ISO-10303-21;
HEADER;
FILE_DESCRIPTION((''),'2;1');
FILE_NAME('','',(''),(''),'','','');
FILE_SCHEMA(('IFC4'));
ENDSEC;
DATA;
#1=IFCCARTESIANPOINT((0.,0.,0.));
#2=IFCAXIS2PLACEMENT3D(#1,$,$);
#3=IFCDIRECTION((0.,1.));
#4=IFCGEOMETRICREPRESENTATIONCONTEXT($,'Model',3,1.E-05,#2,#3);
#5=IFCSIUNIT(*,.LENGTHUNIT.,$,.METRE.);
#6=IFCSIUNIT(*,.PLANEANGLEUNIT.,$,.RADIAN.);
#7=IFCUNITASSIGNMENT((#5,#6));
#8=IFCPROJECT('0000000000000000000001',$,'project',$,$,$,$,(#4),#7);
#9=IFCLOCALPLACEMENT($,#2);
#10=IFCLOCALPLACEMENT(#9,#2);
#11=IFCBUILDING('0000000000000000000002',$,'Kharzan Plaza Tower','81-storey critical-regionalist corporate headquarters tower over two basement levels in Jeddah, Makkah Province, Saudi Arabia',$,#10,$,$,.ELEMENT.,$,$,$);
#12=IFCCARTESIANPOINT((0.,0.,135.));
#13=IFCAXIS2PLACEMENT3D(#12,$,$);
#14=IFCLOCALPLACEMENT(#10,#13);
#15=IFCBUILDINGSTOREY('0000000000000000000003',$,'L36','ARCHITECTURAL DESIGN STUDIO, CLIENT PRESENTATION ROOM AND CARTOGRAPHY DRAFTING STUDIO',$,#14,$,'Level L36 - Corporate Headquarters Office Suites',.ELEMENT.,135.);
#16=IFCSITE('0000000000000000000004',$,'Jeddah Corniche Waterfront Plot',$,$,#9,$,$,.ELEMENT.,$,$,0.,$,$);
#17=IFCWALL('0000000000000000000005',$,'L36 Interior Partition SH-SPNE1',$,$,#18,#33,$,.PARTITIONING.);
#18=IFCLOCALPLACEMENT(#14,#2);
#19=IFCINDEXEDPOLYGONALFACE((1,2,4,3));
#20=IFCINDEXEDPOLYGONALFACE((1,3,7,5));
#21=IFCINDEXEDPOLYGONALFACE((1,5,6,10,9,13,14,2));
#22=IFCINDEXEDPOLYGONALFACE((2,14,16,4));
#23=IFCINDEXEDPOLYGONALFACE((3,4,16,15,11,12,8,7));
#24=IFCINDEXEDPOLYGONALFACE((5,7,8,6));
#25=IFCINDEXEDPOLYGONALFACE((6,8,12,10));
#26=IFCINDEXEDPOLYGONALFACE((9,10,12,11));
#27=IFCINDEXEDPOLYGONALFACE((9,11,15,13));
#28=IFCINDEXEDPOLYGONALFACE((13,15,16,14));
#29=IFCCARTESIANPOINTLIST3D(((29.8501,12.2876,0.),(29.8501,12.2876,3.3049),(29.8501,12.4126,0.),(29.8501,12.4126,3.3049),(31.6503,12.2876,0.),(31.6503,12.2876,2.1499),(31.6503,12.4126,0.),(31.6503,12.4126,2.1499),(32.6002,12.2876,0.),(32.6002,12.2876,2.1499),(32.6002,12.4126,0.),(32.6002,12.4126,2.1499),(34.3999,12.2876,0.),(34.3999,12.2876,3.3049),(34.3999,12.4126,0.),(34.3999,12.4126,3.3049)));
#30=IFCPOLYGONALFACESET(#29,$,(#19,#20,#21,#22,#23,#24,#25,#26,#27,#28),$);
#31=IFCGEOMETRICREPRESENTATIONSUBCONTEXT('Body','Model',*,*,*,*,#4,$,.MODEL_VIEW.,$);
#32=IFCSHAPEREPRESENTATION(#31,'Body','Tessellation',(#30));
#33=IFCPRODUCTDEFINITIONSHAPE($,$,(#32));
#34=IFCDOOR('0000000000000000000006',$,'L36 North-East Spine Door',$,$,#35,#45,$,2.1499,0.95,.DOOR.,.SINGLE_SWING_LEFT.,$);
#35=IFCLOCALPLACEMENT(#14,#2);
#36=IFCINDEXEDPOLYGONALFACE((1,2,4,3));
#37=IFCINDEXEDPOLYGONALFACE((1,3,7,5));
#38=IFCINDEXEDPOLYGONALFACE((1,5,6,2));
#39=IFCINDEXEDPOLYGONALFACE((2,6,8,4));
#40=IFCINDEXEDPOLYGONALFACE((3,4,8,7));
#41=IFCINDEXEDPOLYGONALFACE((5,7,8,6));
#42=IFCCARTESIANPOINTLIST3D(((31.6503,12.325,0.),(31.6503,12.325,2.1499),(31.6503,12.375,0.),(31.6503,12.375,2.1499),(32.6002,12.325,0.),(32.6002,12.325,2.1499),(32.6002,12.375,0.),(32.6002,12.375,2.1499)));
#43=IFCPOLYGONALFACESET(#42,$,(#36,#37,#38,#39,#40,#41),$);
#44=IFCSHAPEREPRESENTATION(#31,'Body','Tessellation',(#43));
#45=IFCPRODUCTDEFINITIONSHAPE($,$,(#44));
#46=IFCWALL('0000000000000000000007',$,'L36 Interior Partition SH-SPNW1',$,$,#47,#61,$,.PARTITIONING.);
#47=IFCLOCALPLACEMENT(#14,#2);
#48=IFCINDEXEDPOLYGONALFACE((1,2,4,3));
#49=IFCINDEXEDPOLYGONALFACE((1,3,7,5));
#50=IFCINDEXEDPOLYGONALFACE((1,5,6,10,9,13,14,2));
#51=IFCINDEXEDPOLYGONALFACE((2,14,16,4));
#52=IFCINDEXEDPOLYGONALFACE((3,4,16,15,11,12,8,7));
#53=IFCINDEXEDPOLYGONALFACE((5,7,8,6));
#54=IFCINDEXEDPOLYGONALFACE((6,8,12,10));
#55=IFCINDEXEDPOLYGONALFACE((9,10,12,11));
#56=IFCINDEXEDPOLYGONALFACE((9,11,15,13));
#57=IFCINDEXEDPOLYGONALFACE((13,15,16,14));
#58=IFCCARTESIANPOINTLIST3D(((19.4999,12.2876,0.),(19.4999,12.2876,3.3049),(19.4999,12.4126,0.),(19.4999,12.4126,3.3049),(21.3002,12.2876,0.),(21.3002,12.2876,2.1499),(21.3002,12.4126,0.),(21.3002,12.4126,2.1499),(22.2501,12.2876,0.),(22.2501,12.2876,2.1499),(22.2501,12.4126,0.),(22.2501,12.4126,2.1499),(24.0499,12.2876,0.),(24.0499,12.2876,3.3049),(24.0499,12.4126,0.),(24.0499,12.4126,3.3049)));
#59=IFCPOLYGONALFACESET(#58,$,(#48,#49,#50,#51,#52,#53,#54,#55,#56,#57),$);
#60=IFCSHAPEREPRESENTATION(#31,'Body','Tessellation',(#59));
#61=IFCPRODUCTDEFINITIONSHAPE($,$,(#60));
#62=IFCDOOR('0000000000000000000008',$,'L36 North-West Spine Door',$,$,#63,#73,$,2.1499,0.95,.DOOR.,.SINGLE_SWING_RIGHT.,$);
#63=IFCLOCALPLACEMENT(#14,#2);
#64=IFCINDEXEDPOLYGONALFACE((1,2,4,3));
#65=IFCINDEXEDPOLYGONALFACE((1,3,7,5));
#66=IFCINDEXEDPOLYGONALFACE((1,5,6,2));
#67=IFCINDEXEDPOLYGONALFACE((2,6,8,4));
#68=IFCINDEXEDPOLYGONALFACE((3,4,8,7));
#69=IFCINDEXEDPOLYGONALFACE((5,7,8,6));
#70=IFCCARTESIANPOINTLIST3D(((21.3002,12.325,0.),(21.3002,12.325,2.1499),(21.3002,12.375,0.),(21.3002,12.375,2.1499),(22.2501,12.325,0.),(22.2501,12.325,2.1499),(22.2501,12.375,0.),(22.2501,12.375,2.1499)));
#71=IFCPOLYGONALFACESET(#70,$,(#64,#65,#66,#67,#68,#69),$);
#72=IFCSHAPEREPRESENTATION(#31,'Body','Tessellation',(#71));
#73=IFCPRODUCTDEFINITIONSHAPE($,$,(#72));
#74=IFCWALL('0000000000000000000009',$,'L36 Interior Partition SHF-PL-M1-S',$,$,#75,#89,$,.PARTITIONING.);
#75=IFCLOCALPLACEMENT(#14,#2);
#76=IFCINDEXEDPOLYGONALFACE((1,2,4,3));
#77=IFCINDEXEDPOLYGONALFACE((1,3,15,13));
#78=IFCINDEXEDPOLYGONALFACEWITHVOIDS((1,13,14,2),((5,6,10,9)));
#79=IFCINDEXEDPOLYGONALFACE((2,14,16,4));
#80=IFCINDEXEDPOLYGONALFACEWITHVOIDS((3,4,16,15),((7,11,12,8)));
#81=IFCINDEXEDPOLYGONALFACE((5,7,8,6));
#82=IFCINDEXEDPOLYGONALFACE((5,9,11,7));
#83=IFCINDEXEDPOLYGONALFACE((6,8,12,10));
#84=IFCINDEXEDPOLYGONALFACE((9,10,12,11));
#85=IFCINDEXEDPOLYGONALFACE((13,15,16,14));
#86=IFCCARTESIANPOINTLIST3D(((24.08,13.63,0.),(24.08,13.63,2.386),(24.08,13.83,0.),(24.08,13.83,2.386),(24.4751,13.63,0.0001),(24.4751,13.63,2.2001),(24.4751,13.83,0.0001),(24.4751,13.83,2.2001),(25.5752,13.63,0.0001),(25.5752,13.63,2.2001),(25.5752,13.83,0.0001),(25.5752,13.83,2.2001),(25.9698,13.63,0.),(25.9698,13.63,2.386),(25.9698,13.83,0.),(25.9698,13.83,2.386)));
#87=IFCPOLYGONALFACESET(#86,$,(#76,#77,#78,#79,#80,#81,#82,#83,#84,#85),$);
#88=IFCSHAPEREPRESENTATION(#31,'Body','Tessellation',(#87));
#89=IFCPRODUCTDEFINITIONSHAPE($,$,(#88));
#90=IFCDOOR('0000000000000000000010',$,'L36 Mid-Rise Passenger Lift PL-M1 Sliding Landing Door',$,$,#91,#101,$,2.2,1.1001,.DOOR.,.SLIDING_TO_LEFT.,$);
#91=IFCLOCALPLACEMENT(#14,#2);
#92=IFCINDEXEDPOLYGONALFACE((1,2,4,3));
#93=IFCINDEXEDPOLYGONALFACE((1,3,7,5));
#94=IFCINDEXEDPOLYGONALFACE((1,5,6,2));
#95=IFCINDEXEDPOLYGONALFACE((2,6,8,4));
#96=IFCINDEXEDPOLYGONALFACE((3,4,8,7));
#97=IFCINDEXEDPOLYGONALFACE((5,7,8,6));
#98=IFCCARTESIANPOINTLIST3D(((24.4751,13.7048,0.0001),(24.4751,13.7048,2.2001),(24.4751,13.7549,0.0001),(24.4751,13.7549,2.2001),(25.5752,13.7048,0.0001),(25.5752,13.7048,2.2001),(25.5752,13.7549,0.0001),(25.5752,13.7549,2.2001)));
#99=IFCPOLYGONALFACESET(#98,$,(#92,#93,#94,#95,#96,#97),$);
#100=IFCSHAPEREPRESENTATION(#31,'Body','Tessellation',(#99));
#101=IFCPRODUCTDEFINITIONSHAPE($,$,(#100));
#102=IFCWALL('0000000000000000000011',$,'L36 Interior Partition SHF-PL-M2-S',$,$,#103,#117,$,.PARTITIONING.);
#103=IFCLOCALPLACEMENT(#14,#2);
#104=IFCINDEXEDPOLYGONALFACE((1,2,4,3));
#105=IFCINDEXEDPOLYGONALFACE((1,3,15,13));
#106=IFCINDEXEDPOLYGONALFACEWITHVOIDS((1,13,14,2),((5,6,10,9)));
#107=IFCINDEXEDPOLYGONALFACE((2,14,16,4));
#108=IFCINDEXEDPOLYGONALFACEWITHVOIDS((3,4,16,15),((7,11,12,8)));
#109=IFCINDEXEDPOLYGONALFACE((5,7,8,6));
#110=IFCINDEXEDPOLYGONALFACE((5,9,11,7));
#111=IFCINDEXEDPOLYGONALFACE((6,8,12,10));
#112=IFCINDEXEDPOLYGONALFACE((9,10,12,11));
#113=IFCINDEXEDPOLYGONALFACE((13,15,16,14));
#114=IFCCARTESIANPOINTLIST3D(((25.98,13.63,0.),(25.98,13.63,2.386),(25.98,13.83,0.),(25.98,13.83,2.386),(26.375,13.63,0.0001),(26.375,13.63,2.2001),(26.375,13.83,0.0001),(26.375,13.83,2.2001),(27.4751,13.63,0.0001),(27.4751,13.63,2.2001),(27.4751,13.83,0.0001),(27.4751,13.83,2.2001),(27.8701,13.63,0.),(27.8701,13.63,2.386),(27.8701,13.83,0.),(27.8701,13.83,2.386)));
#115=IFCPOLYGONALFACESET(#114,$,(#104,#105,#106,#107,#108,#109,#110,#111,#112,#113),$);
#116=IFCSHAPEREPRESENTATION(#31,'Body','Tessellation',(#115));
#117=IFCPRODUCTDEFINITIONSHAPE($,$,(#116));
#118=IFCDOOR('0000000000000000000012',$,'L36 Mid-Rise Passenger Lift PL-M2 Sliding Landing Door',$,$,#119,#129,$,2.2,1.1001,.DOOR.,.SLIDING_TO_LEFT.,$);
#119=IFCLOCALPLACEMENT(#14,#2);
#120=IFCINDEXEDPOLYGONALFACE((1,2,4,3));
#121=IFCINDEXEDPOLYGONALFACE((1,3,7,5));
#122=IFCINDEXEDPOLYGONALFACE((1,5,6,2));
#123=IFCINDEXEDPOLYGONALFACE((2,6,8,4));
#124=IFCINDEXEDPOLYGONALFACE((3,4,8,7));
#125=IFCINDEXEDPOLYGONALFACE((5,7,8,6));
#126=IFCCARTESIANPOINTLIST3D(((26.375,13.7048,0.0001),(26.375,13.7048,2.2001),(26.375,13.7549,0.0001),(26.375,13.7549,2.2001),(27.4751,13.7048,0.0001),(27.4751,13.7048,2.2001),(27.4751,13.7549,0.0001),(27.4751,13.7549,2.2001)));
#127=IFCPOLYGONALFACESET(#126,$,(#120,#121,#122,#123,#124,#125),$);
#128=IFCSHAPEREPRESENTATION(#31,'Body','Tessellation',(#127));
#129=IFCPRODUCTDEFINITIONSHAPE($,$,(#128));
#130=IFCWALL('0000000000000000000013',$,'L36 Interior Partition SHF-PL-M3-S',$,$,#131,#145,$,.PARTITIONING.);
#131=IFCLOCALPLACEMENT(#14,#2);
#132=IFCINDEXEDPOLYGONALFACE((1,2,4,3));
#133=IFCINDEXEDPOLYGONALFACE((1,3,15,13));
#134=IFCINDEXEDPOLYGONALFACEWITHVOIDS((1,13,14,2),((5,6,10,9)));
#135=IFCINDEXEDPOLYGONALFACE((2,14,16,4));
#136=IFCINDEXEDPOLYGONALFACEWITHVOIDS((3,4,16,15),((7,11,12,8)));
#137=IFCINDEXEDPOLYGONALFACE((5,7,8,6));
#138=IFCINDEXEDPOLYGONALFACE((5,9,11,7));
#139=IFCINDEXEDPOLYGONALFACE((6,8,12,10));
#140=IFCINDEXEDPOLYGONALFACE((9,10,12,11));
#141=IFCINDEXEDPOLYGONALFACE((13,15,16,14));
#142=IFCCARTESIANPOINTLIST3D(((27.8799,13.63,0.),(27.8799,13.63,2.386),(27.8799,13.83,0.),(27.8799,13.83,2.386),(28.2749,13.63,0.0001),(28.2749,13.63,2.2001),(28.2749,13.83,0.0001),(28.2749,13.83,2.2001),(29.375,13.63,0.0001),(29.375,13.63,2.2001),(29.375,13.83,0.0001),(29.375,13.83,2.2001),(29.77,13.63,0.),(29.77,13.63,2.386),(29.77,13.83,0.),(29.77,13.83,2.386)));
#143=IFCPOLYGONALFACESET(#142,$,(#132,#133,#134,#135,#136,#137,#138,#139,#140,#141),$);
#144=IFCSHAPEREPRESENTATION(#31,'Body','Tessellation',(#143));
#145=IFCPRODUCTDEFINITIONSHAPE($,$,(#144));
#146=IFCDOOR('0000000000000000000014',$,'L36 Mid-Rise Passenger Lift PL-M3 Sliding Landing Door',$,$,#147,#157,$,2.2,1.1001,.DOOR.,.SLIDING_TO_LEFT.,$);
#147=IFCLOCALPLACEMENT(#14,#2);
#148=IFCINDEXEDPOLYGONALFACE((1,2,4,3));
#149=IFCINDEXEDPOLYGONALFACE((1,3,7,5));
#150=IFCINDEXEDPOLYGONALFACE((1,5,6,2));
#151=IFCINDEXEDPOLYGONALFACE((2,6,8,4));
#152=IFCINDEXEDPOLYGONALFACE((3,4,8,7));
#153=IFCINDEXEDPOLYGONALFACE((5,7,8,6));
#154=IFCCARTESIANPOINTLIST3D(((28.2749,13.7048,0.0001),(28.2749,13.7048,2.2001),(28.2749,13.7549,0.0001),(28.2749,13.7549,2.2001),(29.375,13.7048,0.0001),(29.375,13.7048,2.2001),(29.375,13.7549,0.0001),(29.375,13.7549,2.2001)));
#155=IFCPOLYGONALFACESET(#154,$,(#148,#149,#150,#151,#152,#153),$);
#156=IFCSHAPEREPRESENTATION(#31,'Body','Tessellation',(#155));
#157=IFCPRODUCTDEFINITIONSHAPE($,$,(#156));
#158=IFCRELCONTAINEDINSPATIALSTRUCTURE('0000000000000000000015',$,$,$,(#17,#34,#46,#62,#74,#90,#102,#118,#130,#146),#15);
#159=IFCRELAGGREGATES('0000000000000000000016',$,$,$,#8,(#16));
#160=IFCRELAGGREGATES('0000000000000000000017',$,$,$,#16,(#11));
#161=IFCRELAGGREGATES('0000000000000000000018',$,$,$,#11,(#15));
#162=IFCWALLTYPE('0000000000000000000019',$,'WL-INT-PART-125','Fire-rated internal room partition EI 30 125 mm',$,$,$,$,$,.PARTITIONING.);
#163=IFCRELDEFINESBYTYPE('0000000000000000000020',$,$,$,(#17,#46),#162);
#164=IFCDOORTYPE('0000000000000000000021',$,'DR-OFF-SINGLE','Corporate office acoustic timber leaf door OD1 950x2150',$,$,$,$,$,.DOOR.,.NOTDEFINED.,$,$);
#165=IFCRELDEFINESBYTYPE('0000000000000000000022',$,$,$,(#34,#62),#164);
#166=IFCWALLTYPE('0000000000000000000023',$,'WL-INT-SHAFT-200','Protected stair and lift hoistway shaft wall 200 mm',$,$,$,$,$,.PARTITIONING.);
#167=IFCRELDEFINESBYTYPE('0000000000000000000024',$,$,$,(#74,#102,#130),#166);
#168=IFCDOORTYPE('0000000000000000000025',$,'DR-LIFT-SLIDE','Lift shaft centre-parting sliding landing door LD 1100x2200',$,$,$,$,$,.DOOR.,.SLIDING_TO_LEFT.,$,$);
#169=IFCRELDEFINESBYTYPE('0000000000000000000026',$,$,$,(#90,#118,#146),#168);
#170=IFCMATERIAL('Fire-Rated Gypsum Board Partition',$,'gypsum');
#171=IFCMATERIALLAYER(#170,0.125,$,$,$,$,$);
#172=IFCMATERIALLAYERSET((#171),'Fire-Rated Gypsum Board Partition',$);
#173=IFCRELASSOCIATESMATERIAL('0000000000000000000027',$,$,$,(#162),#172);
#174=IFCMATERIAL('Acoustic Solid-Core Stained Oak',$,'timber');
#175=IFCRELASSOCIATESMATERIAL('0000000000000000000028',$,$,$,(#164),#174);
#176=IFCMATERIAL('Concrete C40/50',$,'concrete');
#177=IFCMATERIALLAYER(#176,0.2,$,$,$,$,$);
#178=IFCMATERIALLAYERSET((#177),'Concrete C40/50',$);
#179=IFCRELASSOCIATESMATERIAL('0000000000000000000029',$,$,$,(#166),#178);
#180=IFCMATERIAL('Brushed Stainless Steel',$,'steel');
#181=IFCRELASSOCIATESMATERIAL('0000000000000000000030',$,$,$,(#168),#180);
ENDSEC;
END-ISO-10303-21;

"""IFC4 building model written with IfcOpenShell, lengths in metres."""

from ifc_helpers import new_model, si_unit, direction, frame, frame_2d, origin, place, context, subcontext, project, spatial, rectangle, extrude, source, transform, mapped, material, layer, layer_set, type_object, element, fill, save


model = new_model("IFC4")

# Units and contexts
model_context = context("Model", 3, precision=1e-05, world=origin(), true_north=direction((0.0, 1.0)))
body_context = subcontext(model_context, "Body", "Model", "MODEL_VIEW")
ifc_project = project(units=[si_unit("LENGTHUNIT", "METRE"), si_unit("PLANEANGLEUNIT", "RADIAN")], contexts=[model_context])

# Site, building, storey
site_placement = place(None, origin())
site = spatial("IfcSite", under=ifc_project, at=site_placement, Name="Jeddah Corniche Waterfront Plot", CompositionType="ELEMENT", RefElevation=0.0)
building_placement = place(site_placement, origin())
building = spatial("IfcBuilding", under=site, at=building_placement, Name="Kharzan Plaza Tower", Description="81-storey critical-regionalist corporate headquarters tower over two basement levels in Jeddah, Makkah Province, Saudi Arabia", CompositionType="ELEMENT")
storey_placement = place(building_placement, frame((0.0, 0.0, 135.0)))
storey = spatial("IfcBuildingStorey", under=building, at=storey_placement, Name="L36", Description="ARCHITECTURAL DESIGN STUDIO, CLIENT PRESENTATION ROOM AND CARTOGRAPHY DRAFTING STUDIO", LongName="Level L36 - Corporate Headquarters Office Suites", CompositionType="ELEMENT", Elevation=135.0)

# Walls, openings, doors
ifc_material_1 = material(Name="Fire-Rated Gypsum Board Partition", Category="gypsum")
ifc_layer_1 = layer(ifc_material_1, 0.125)
ifc_layer_set_1 = layer_set([ifc_layer_1], Name="Fire-Rated Gypsum Board Partition")
wall_type_1 = type_object("IfcWallType", Name="WL-INT-PART-125", Description="Fire-rated internal room partition EI 30 125 mm", PredefinedType="PARTITIONING", material=ifc_layer_set_1)
wall_1_placement = place(storey_placement, frame((29.8501, 12.3501, 0.0), z_axis=(0.0, 0.0, 1.0), x_axis=(1.0, 0.0, 0.0)))
wall_1 = element("IfcWall", 1, at=wall_1_placement, inside=storey, type_object=wall_type_1, Name="L36 Interior Partition SH-SPNE1", PredefinedType="PARTITIONING", context=body_context, shape_type="SweptSolid", body=[
    extrude(rectangle(XDim=4.5498, YDim=0.125, at=frame_2d((2.2749, 0.0))), origin(), (0.0, 0.0, 1.0), 3.3049),
])
opening_1_placement = place(wall_1_placement, frame((1.8, 0.0, 0.0)))
opening_1 = element("IfcOpeningElement", 2, at=opening_1_placement, cuts=wall_1, PredefinedType="OPENING", context=body_context, shape_type="SweptSolid", body=[
    extrude(rectangle(XDim=0.95, YDim=2.1499, at=frame_2d((0.4751, 1.075))), frame((0.0, 0.0725, 0.0), z_axis=(0.0, -1.0, 0.0), x_axis=(1.0, 0.0, 0.0)), (0.0, 0.0, 1.0), 0.145),
])
ifc_material_2 = material(Name="Acoustic Solid-Core Stained Oak", Category="timber")
door_type_1 = type_object("IfcDoorType", Name="DR-OFF-SINGLE", Description="Corporate office acoustic timber leaf door OD1 950x2150", OperationType="NOTDEFINED", PredefinedType="DOOR", material=ifc_material_2)
shared_shape_1 = source(origin(), body_context, "Body", "SweptSolid", [
    extrude(rectangle(XDim=0.95, YDim=2.1499, at=frame_2d((0.4751, 1.075))), frame((0.0, 0.0249, 0.0), z_axis=(0.0, -1.0, 0.0), x_axis=(1.0, 0.0, 0.0)), (0.0, 0.0, 1.0), 0.05),
])
door_1_placement = place(opening_1_placement, origin())
door_1 = element("IfcDoor", 3, at=door_1_placement, inside=storey, type_object=door_type_1, Name="L36 North-East Spine Door", OperationType="SINGLE_SWING_LEFT", OverallHeight=2.1499, OverallWidth=0.95, PredefinedType="DOOR", context=body_context, shape_type="MappedRepresentation", body=[
    mapped(shared_shape_1, transform((0.0, 0.0, 0.0), x_axis=(1.0, 0.0, 0.0), y_axis=(0.0, 1.0, 0.0), z_axis=(0.0, 0.0, 1.0))),
])
fill(opening_1, door_1)
wall_2_placement = place(storey_placement, frame((19.5, 12.3501, 0.0), z_axis=(0.0, 0.0, 1.0), x_axis=(1.0, 0.0, 0.0)))
wall_2 = element("IfcWall", 4, at=wall_2_placement, inside=storey, type_object=wall_type_1, Name="L36 Interior Partition SH-SPNW1", PredefinedType="PARTITIONING", context=body_context, shape_type="SweptSolid", body=[
    extrude(rectangle(XDim=4.55, YDim=0.125, at=frame_2d((2.2749, 0.0))), origin(), (0.0, 0.0, 1.0), 3.3049),
])
opening_2_placement = place(wall_2_placement, frame((1.8, 0.0, 0.0)))
opening_2 = element("IfcOpeningElement", 5, at=opening_2_placement, cuts=wall_2, PredefinedType="OPENING", context=body_context, shape_type="SweptSolid", body=[
    extrude(rectangle(XDim=0.95, YDim=2.1499, at=frame_2d((0.4751, 1.075))), frame((0.0, 0.0725, 0.0), z_axis=(0.0, -1.0, 0.0), x_axis=(1.0, 0.0, 0.0)), (0.0, 0.0, 1.0), 0.145),
])
door_2_placement = place(opening_2_placement, origin())
door_2 = element("IfcDoor", 6, at=door_2_placement, inside=storey, type_object=door_type_1, Name="L36 North-West Spine Door", OperationType="SINGLE_SWING_RIGHT", OverallHeight=2.1499, OverallWidth=0.95, PredefinedType="DOOR", context=body_context, shape_type="MappedRepresentation", body=[
    mapped(shared_shape_1, transform((0.0, 0.0, 0.0), x_axis=(1.0, 0.0, 0.0), y_axis=(0.0, 1.0, 0.0), z_axis=(0.0, 0.0, 1.0))),
])
fill(opening_2, door_2)
ifc_material_3 = material(Name="Concrete C40/50", Category="concrete")
ifc_layer_2 = layer(ifc_material_3, 0.2)
ifc_layer_set_2 = layer_set([ifc_layer_2], Name="Concrete C40/50")
wall_type_2 = type_object("IfcWallType", Name="WL-INT-SHAFT-200", Description="Protected stair and lift hoistway shaft wall 200 mm", PredefinedType="PARTITIONING", material=ifc_layer_set_2)
wall_3_placement = place(storey_placement, frame((24.0801, 13.73, 0.0), z_axis=(0.0, 0.0, 1.0), x_axis=(1.0, 0.0, 0.0)))
wall_3 = element("IfcWall", 7, at=wall_3_placement, inside=storey, type_object=wall_type_2, Name="L36 Interior Partition SHF-PL-M1-S", PredefinedType="PARTITIONING", context=body_context, shape_type="SweptSolid", body=[
    extrude(rectangle(XDim=1.8899, YDim=0.2, at=frame_2d((0.9448, 0.0))), origin(), (0.0, 0.0, 1.0), 2.386),
])
opening_3_placement = place(wall_3_placement, frame((0.395, 0.0, 0.0)))
opening_3 = element("IfcOpeningElement", 8, at=opening_3_placement, cuts=wall_3, PredefinedType="OPENING", context=body_context, shape_type="SweptSolid", body=[
    extrude(rectangle(XDim=1.1001, YDim=2.2, at=frame_2d((0.55, 1.1001))), frame((0.0, 0.1099, 0.0), z_axis=(0.0, -1.0, 0.0), x_axis=(1.0, 0.0, 0.0)), (0.0, 0.0, 1.0), 0.22),
])
ifc_material_4 = material(Name="Brushed Stainless Steel", Category="steel")
door_type_2 = type_object("IfcDoorType", Name="DR-LIFT-SLIDE", Description="Lift shaft centre-parting sliding landing door LD 1100x2200", OperationType="SLIDING_TO_LEFT", PredefinedType="DOOR", material=ifc_material_4)
shared_shape_2 = source(origin(), body_context, "Body", "SweptSolid", [
    extrude(rectangle(XDim=1.1001, YDim=2.2, at=frame_2d((0.55, 1.1001))), frame((0.0, 0.0249, 0.0), z_axis=(0.0, -1.0, 0.0), x_axis=(1.0, 0.0, 0.0)), (0.0, 0.0, 1.0), 0.05),
])
door_3_placement = place(opening_3_placement, origin())
door_3 = element("IfcDoor", 9, at=door_3_placement, inside=storey, type_object=door_type_2, Name="L36 Mid-Rise Passenger Lift PL-M1 Sliding Landing Door", OperationType="SLIDING_TO_LEFT", OverallHeight=2.2, OverallWidth=1.1001, PredefinedType="DOOR", context=body_context, shape_type="MappedRepresentation", body=[
    mapped(shared_shape_2, transform((0.0, 0.0, 0.0), x_axis=(1.0, 0.0, 0.0), y_axis=(0.0, 1.0, 0.0), z_axis=(0.0, 0.0, 1.0))),
])
fill(opening_3, door_3)
wall_4_placement = place(storey_placement, frame((25.98, 13.73, 0.0), z_axis=(0.0, 0.0, 1.0), x_axis=(1.0, 0.0, 0.0)))
wall_4 = element("IfcWall", 10, at=wall_4_placement, inside=storey, type_object=wall_type_2, Name="L36 Interior Partition SHF-PL-M2-S", PredefinedType="PARTITIONING", context=body_context, shape_type="SweptSolid", body=[
    extrude(rectangle(XDim=1.8901, YDim=0.2, at=frame_2d((0.9451, 0.0))), origin(), (0.0, 0.0, 1.0), 2.386),
])
opening_4_placement = place(wall_4_placement, frame((0.395, 0.0, 0.0)))
opening_4 = element("IfcOpeningElement", 11, at=opening_4_placement, cuts=wall_4, PredefinedType="OPENING", context=body_context, shape_type="SweptSolid", body=[
    extrude(rectangle(XDim=1.1001, YDim=2.2, at=frame_2d((0.55, 1.1001))), frame((0.0, 0.1099, 0.0), z_axis=(0.0, -1.0, 0.0), x_axis=(1.0, 0.0, 0.0)), (0.0, 0.0, 1.0), 0.22),
])
door_4_placement = place(opening_4_placement, origin())
door_4 = element("IfcDoor", 12, at=door_4_placement, inside=storey, type_object=door_type_2, Name="L36 Mid-Rise Passenger Lift PL-M2 Sliding Landing Door", OperationType="SLIDING_TO_LEFT", OverallHeight=2.2, OverallWidth=1.1001, PredefinedType="DOOR", context=body_context, shape_type="MappedRepresentation", body=[
    mapped(shared_shape_2, transform((0.0, 0.0, 0.0), x_axis=(1.0, 0.0, 0.0), y_axis=(0.0, 1.0, 0.0), z_axis=(0.0, 0.0, 1.0))),
])
fill(opening_4, door_4)
wall_5_placement = place(storey_placement, frame((27.8799, 13.73, 0.0), z_axis=(0.0, 0.0, 1.0), x_axis=(1.0, 0.0, 0.0)))
wall_5 = element("IfcWall", 13, at=wall_5_placement, inside=storey, type_object=wall_type_2, Name="L36 Interior Partition SHF-PL-M3-S", PredefinedType="PARTITIONING", context=body_context, shape_type="SweptSolid", body=[
    extrude(rectangle(XDim=1.8901, YDim=0.2, at=frame_2d((0.9451, 0.0))), origin(), (0.0, 0.0, 1.0), 2.386),
])
opening_5_placement = place(wall_5_placement, frame((0.395, 0.0, 0.0)))
opening_5 = element("IfcOpeningElement", 14, at=opening_5_placement, cuts=wall_5, PredefinedType="OPENING", context=body_context, shape_type="SweptSolid", body=[
    extrude(rectangle(XDim=1.1001, YDim=2.2, at=frame_2d((0.55, 1.1001))), frame((0.0, 0.1099, 0.0), z_axis=(0.0, -1.0, 0.0), x_axis=(1.0, 0.0, 0.0)), (0.0, 0.0, 1.0), 0.22),
])
door_5_placement = place(opening_5_placement, origin())
door_5 = element("IfcDoor", 15, at=door_5_placement, inside=storey, type_object=door_type_2, Name="L36 Mid-Rise Passenger Lift PL-M3 Sliding Landing Door", OperationType="SLIDING_TO_LEFT", OverallHeight=2.2, OverallWidth=1.1001, PredefinedType="DOOR", context=body_context, shape_type="MappedRepresentation", body=[
    mapped(shared_shape_2, transform((0.0, 0.0, 0.0), x_axis=(1.0, 0.0, 0.0), y_axis=(0.0, 1.0, 0.0), z_axis=(0.0, 0.0, 1.0))),
])
fill(opening_5, door_5)

save(model, "model.ifc")
